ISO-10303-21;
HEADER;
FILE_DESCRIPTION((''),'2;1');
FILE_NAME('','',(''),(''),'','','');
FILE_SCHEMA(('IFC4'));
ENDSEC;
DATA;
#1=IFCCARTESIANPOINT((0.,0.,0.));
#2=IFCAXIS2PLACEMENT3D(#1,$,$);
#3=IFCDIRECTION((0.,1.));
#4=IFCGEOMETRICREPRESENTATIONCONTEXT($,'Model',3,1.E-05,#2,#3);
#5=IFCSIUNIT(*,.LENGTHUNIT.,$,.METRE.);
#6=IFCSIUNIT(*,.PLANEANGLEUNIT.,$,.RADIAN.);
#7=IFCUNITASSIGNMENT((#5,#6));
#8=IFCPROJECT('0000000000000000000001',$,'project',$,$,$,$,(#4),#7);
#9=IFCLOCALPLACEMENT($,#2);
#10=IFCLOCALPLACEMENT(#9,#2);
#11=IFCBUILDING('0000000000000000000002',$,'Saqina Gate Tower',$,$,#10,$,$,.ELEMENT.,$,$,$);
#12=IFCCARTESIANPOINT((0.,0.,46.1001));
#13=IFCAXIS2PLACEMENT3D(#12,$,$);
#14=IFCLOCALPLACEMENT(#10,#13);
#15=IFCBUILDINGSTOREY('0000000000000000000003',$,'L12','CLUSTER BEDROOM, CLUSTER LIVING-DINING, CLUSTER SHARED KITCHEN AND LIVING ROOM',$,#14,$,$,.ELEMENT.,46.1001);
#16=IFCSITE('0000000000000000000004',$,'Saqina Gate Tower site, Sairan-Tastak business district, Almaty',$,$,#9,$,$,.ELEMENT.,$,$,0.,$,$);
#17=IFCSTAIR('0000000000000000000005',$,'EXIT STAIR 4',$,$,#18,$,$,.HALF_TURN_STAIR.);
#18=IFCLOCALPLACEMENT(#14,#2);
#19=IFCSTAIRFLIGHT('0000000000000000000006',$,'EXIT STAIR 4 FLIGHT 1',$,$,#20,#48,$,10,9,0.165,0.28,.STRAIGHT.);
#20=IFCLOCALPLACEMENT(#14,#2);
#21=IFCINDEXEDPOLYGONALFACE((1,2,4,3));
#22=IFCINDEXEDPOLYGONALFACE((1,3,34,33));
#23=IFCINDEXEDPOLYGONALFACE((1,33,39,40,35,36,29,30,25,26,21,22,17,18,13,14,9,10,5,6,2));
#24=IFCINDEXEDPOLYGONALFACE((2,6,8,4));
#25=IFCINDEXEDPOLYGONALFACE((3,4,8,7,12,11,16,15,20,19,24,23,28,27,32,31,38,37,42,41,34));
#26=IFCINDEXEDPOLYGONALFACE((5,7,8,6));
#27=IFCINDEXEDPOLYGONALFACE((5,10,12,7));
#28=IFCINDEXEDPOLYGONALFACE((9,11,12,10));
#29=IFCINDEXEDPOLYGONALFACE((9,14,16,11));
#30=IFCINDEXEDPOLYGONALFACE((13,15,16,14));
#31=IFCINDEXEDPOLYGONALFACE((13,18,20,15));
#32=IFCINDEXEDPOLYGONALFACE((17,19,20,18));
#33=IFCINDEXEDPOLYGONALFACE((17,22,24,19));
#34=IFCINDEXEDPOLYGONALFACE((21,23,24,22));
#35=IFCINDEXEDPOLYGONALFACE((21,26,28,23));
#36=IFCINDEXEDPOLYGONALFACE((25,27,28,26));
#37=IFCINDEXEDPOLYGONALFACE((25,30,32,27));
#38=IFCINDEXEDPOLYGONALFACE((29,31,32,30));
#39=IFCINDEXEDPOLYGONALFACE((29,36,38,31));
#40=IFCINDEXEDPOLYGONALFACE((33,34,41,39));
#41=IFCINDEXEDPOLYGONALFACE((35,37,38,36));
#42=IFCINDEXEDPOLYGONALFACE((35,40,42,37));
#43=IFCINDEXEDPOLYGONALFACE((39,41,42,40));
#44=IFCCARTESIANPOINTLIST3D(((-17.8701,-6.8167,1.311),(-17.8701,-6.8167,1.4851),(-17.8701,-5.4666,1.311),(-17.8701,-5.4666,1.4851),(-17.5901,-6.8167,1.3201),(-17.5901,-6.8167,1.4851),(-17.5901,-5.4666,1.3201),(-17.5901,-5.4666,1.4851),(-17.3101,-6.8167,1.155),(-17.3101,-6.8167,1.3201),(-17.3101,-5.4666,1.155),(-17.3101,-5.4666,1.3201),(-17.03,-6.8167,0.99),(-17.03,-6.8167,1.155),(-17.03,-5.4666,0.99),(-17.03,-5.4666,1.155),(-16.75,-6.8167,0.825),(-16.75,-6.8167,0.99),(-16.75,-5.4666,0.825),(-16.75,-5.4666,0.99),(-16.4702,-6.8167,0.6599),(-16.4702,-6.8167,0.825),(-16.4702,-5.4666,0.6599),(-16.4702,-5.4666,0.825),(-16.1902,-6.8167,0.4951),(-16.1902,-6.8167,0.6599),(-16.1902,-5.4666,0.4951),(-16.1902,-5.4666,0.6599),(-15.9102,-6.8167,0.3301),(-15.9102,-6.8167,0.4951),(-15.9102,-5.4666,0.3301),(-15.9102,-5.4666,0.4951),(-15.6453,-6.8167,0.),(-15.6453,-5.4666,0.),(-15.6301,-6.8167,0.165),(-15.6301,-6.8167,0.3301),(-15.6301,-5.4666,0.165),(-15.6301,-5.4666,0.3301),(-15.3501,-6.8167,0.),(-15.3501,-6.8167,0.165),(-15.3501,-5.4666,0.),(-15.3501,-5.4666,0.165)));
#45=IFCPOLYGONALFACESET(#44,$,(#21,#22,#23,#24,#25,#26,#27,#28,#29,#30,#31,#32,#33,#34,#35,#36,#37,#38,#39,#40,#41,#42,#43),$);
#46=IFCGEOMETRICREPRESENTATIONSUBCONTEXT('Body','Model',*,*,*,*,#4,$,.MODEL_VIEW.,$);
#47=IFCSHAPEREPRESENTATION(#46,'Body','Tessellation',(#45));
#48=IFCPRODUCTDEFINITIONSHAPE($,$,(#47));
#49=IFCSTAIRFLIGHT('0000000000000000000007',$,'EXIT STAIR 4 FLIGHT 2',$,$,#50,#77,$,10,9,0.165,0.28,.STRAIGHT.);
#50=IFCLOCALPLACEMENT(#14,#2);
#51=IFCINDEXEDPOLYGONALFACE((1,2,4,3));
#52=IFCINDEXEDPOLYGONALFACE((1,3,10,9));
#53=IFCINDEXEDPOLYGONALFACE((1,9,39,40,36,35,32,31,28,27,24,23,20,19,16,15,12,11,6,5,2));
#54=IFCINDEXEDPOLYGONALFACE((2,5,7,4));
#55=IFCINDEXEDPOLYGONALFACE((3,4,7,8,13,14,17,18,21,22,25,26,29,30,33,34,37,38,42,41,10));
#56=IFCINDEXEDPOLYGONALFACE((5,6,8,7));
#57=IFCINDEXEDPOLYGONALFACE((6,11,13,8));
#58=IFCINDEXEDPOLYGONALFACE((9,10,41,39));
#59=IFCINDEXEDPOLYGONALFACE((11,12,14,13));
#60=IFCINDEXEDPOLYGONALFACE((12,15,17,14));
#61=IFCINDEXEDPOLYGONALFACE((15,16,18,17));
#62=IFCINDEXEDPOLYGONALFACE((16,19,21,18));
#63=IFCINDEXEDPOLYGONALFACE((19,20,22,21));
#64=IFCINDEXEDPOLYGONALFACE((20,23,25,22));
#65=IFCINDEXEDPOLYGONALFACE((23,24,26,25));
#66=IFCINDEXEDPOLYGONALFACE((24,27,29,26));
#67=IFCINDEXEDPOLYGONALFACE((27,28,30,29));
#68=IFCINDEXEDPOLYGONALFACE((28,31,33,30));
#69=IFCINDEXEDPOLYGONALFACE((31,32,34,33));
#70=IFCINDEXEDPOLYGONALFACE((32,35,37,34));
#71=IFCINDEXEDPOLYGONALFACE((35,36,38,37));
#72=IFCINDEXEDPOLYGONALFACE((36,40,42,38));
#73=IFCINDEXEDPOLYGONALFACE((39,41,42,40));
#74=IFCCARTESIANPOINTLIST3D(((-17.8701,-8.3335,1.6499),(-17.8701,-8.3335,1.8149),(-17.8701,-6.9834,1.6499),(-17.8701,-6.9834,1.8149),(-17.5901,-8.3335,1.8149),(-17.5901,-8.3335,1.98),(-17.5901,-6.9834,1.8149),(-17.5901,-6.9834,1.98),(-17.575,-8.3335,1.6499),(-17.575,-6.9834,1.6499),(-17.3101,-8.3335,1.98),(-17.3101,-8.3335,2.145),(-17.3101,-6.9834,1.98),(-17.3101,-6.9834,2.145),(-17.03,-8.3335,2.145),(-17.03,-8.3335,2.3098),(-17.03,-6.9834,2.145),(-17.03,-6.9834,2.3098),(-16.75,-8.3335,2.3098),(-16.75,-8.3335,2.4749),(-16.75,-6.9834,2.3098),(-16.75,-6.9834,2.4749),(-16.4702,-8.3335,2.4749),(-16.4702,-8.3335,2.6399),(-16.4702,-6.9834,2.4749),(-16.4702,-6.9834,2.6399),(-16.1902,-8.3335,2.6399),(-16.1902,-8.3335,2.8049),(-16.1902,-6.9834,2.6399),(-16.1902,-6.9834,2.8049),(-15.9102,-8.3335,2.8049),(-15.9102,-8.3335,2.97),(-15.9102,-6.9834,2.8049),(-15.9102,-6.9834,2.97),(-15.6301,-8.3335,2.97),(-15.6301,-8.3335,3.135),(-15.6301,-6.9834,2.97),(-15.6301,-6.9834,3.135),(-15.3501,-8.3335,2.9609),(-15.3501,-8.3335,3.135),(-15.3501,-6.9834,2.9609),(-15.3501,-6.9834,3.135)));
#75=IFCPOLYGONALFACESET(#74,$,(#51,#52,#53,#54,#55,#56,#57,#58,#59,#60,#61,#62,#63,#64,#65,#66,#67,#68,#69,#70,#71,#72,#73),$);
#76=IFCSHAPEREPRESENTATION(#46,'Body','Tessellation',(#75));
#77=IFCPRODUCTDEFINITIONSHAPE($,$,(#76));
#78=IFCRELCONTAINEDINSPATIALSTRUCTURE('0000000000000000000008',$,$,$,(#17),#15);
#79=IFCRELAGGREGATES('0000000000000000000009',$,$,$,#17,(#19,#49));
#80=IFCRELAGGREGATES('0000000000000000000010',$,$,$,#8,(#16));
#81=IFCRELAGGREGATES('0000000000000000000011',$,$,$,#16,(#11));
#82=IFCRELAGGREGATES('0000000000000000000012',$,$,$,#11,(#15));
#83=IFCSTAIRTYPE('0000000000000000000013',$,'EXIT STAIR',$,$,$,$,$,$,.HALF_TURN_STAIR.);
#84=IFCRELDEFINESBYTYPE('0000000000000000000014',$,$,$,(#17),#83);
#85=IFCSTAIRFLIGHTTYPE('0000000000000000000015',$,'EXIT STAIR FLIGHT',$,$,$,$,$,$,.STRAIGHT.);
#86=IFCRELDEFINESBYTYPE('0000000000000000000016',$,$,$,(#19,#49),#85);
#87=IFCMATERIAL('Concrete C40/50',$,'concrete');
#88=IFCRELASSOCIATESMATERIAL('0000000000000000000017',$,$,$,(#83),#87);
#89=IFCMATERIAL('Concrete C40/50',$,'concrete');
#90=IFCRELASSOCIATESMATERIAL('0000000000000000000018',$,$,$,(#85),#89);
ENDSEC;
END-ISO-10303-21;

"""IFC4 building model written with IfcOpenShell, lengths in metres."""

from ifc_helpers import new_model, si_unit, direction, frame, origin, place, context, subcontext, project, spatial, polyline, outline, extrude, material, type_object, element, aggregate, save


model = new_model("IFC4")

# Units and contexts
model_context = context("Model", 3, precision=1e-05, world=origin(), true_north=direction((0.0, 1.0)))
body_context = subcontext(model_context, "Body", "Model", "MODEL_VIEW")
ifc_project = project(units=[si_unit("LENGTHUNIT", "METRE"), si_unit("PLANEANGLEUNIT", "RADIAN")], contexts=[model_context])

# Site, building, storey
site_placement = place(None, origin())
site = spatial("IfcSite", under=ifc_project, at=site_placement, Name="Saqina Gate Tower site, Sairan-Tastak business district, Almaty", CompositionType="ELEMENT", RefElevation=0.0)
building_placement = place(site_placement, origin())
building = spatial("IfcBuilding", under=site, at=building_placement, Name="Saqina Gate Tower", CompositionType="ELEMENT")
storey_placement = place(building_placement, frame((0.0, 0.0, 46.1001)))
storey = spatial("IfcBuildingStorey", under=building, at=storey_placement, Name="L12", Description="CLUSTER BEDROOM, CLUSTER LIVING-DINING, CLUSTER SHARED KITCHEN AND LIVING ROOM", CompositionType="ELEMENT", Elevation=46.1001)

# Stair, stair flights
ifc_material_1 = material(Name="Concrete C40/50", Category="concrete")
stair_type = type_object("IfcStairType", Name="EXIT STAIR", PredefinedType="HALF_TURN_STAIR", material=ifc_material_1)
stair_placement = place(storey_placement, origin())
stair = element("IfcStair", 1, at=stair_placement, inside=storey, type_object=stair_type, Name="EXIT STAIR 4", PredefinedType="HALF_TURN_STAIR")
ifc_material_2 = material(Name="Concrete C40/50", Category="concrete")
stair_flight_type = type_object("IfcStairFlightType", Name="EXIT STAIR FLIGHT", PredefinedType="STRAIGHT", material=ifc_material_2)
stair_flight_1_placement = place(storey_placement, frame((-15.3501, -6.1416, 0.0), z_axis=(0.0, 0.0, 1.0), x_axis=(-1.0, 0.0, 0.0)))
stair_flight_1 = element("IfcStairFlight", 2, at=stair_flight_1_placement, type_object=stair_flight_type, Name="EXIT STAIR 4 FLIGHT 1", NumberOfRisers=10, NumberOfTreads=9, PredefinedType="STRAIGHT", RiserHeight=0.165, TreadLength=0.28, context=body_context, shape_type="SweptSolid", body=[
    extrude(outline(polyline([(0.0, 0.0), (0.0, 0.165), (0.28, 0.165), (0.28, 0.3301), (0.5601, 0.3301), (0.5601, 0.4951), (0.8401, 0.4951), (0.8401, 0.6599), (1.1201, 0.6599), (1.1201, 0.825), (1.3999, 0.825), (1.3999, 0.99), (1.6799, 0.99), (1.6799, 1.155), (1.96, 1.155), (1.96, 1.3201), (2.24, 1.3201), (2.24, 1.4851), (2.52, 1.4851), (2.52, 1.6499), (2.52, 1.311), (0.2952, 0.0), (0.0, 0.0)])), frame((0.0, 0.675, 0.0), z_axis=(0.0, -1.0, 0.0), x_axis=(1.0, 0.0, 0.0)), (0.0, 0.0, 1.0), 1.3501),
])
stair_flight_2_placement = place(storey_placement, frame((-17.8701, -7.6584, 1.6499), z_axis=(0.0, 0.0, 1.0), x_axis=(1.0, 0.0, 0.0)))
stair_flight_2 = element("IfcStairFlight", 3, at=stair_flight_2_placement, type_object=stair_flight_type, Name="EXIT STAIR 4 FLIGHT 2", NumberOfRisers=10, NumberOfTreads=9, PredefinedType="STRAIGHT", RiserHeight=0.165, TreadLength=0.28, context=body_context, shape_type="SweptSolid", body=[
    extrude(outline(polyline([(0.0, 0.0), (0.0, 0.165), (0.28, 0.165), (0.28, 0.3301), (0.5601, 0.3301), (0.5601, 0.4951), (0.8401, 0.4951), (0.8401, 0.6599), (1.1201, 0.6599), (1.1201, 0.825), (1.3999, 0.825), (1.3999, 0.99), (1.6799, 0.99), (1.6799, 1.155), (1.96, 1.155), (1.96, 1.3201), (2.24, 1.3201), (2.24, 1.4851), (2.52, 1.4851), (2.52, 1.6499), (2.52, 1.311), (0.2952, 0.0), (0.0, 0.0)])), frame((0.0, 0.675, 0.0), z_axis=(0.0, -1.0, 0.0), x_axis=(1.0, 0.0, 0.0)), (0.0, 0.0, 1.0), 1.3501),
])
aggregate(stair, [stair_flight_1, stair_flight_2])

save(model, "model.ifc")
